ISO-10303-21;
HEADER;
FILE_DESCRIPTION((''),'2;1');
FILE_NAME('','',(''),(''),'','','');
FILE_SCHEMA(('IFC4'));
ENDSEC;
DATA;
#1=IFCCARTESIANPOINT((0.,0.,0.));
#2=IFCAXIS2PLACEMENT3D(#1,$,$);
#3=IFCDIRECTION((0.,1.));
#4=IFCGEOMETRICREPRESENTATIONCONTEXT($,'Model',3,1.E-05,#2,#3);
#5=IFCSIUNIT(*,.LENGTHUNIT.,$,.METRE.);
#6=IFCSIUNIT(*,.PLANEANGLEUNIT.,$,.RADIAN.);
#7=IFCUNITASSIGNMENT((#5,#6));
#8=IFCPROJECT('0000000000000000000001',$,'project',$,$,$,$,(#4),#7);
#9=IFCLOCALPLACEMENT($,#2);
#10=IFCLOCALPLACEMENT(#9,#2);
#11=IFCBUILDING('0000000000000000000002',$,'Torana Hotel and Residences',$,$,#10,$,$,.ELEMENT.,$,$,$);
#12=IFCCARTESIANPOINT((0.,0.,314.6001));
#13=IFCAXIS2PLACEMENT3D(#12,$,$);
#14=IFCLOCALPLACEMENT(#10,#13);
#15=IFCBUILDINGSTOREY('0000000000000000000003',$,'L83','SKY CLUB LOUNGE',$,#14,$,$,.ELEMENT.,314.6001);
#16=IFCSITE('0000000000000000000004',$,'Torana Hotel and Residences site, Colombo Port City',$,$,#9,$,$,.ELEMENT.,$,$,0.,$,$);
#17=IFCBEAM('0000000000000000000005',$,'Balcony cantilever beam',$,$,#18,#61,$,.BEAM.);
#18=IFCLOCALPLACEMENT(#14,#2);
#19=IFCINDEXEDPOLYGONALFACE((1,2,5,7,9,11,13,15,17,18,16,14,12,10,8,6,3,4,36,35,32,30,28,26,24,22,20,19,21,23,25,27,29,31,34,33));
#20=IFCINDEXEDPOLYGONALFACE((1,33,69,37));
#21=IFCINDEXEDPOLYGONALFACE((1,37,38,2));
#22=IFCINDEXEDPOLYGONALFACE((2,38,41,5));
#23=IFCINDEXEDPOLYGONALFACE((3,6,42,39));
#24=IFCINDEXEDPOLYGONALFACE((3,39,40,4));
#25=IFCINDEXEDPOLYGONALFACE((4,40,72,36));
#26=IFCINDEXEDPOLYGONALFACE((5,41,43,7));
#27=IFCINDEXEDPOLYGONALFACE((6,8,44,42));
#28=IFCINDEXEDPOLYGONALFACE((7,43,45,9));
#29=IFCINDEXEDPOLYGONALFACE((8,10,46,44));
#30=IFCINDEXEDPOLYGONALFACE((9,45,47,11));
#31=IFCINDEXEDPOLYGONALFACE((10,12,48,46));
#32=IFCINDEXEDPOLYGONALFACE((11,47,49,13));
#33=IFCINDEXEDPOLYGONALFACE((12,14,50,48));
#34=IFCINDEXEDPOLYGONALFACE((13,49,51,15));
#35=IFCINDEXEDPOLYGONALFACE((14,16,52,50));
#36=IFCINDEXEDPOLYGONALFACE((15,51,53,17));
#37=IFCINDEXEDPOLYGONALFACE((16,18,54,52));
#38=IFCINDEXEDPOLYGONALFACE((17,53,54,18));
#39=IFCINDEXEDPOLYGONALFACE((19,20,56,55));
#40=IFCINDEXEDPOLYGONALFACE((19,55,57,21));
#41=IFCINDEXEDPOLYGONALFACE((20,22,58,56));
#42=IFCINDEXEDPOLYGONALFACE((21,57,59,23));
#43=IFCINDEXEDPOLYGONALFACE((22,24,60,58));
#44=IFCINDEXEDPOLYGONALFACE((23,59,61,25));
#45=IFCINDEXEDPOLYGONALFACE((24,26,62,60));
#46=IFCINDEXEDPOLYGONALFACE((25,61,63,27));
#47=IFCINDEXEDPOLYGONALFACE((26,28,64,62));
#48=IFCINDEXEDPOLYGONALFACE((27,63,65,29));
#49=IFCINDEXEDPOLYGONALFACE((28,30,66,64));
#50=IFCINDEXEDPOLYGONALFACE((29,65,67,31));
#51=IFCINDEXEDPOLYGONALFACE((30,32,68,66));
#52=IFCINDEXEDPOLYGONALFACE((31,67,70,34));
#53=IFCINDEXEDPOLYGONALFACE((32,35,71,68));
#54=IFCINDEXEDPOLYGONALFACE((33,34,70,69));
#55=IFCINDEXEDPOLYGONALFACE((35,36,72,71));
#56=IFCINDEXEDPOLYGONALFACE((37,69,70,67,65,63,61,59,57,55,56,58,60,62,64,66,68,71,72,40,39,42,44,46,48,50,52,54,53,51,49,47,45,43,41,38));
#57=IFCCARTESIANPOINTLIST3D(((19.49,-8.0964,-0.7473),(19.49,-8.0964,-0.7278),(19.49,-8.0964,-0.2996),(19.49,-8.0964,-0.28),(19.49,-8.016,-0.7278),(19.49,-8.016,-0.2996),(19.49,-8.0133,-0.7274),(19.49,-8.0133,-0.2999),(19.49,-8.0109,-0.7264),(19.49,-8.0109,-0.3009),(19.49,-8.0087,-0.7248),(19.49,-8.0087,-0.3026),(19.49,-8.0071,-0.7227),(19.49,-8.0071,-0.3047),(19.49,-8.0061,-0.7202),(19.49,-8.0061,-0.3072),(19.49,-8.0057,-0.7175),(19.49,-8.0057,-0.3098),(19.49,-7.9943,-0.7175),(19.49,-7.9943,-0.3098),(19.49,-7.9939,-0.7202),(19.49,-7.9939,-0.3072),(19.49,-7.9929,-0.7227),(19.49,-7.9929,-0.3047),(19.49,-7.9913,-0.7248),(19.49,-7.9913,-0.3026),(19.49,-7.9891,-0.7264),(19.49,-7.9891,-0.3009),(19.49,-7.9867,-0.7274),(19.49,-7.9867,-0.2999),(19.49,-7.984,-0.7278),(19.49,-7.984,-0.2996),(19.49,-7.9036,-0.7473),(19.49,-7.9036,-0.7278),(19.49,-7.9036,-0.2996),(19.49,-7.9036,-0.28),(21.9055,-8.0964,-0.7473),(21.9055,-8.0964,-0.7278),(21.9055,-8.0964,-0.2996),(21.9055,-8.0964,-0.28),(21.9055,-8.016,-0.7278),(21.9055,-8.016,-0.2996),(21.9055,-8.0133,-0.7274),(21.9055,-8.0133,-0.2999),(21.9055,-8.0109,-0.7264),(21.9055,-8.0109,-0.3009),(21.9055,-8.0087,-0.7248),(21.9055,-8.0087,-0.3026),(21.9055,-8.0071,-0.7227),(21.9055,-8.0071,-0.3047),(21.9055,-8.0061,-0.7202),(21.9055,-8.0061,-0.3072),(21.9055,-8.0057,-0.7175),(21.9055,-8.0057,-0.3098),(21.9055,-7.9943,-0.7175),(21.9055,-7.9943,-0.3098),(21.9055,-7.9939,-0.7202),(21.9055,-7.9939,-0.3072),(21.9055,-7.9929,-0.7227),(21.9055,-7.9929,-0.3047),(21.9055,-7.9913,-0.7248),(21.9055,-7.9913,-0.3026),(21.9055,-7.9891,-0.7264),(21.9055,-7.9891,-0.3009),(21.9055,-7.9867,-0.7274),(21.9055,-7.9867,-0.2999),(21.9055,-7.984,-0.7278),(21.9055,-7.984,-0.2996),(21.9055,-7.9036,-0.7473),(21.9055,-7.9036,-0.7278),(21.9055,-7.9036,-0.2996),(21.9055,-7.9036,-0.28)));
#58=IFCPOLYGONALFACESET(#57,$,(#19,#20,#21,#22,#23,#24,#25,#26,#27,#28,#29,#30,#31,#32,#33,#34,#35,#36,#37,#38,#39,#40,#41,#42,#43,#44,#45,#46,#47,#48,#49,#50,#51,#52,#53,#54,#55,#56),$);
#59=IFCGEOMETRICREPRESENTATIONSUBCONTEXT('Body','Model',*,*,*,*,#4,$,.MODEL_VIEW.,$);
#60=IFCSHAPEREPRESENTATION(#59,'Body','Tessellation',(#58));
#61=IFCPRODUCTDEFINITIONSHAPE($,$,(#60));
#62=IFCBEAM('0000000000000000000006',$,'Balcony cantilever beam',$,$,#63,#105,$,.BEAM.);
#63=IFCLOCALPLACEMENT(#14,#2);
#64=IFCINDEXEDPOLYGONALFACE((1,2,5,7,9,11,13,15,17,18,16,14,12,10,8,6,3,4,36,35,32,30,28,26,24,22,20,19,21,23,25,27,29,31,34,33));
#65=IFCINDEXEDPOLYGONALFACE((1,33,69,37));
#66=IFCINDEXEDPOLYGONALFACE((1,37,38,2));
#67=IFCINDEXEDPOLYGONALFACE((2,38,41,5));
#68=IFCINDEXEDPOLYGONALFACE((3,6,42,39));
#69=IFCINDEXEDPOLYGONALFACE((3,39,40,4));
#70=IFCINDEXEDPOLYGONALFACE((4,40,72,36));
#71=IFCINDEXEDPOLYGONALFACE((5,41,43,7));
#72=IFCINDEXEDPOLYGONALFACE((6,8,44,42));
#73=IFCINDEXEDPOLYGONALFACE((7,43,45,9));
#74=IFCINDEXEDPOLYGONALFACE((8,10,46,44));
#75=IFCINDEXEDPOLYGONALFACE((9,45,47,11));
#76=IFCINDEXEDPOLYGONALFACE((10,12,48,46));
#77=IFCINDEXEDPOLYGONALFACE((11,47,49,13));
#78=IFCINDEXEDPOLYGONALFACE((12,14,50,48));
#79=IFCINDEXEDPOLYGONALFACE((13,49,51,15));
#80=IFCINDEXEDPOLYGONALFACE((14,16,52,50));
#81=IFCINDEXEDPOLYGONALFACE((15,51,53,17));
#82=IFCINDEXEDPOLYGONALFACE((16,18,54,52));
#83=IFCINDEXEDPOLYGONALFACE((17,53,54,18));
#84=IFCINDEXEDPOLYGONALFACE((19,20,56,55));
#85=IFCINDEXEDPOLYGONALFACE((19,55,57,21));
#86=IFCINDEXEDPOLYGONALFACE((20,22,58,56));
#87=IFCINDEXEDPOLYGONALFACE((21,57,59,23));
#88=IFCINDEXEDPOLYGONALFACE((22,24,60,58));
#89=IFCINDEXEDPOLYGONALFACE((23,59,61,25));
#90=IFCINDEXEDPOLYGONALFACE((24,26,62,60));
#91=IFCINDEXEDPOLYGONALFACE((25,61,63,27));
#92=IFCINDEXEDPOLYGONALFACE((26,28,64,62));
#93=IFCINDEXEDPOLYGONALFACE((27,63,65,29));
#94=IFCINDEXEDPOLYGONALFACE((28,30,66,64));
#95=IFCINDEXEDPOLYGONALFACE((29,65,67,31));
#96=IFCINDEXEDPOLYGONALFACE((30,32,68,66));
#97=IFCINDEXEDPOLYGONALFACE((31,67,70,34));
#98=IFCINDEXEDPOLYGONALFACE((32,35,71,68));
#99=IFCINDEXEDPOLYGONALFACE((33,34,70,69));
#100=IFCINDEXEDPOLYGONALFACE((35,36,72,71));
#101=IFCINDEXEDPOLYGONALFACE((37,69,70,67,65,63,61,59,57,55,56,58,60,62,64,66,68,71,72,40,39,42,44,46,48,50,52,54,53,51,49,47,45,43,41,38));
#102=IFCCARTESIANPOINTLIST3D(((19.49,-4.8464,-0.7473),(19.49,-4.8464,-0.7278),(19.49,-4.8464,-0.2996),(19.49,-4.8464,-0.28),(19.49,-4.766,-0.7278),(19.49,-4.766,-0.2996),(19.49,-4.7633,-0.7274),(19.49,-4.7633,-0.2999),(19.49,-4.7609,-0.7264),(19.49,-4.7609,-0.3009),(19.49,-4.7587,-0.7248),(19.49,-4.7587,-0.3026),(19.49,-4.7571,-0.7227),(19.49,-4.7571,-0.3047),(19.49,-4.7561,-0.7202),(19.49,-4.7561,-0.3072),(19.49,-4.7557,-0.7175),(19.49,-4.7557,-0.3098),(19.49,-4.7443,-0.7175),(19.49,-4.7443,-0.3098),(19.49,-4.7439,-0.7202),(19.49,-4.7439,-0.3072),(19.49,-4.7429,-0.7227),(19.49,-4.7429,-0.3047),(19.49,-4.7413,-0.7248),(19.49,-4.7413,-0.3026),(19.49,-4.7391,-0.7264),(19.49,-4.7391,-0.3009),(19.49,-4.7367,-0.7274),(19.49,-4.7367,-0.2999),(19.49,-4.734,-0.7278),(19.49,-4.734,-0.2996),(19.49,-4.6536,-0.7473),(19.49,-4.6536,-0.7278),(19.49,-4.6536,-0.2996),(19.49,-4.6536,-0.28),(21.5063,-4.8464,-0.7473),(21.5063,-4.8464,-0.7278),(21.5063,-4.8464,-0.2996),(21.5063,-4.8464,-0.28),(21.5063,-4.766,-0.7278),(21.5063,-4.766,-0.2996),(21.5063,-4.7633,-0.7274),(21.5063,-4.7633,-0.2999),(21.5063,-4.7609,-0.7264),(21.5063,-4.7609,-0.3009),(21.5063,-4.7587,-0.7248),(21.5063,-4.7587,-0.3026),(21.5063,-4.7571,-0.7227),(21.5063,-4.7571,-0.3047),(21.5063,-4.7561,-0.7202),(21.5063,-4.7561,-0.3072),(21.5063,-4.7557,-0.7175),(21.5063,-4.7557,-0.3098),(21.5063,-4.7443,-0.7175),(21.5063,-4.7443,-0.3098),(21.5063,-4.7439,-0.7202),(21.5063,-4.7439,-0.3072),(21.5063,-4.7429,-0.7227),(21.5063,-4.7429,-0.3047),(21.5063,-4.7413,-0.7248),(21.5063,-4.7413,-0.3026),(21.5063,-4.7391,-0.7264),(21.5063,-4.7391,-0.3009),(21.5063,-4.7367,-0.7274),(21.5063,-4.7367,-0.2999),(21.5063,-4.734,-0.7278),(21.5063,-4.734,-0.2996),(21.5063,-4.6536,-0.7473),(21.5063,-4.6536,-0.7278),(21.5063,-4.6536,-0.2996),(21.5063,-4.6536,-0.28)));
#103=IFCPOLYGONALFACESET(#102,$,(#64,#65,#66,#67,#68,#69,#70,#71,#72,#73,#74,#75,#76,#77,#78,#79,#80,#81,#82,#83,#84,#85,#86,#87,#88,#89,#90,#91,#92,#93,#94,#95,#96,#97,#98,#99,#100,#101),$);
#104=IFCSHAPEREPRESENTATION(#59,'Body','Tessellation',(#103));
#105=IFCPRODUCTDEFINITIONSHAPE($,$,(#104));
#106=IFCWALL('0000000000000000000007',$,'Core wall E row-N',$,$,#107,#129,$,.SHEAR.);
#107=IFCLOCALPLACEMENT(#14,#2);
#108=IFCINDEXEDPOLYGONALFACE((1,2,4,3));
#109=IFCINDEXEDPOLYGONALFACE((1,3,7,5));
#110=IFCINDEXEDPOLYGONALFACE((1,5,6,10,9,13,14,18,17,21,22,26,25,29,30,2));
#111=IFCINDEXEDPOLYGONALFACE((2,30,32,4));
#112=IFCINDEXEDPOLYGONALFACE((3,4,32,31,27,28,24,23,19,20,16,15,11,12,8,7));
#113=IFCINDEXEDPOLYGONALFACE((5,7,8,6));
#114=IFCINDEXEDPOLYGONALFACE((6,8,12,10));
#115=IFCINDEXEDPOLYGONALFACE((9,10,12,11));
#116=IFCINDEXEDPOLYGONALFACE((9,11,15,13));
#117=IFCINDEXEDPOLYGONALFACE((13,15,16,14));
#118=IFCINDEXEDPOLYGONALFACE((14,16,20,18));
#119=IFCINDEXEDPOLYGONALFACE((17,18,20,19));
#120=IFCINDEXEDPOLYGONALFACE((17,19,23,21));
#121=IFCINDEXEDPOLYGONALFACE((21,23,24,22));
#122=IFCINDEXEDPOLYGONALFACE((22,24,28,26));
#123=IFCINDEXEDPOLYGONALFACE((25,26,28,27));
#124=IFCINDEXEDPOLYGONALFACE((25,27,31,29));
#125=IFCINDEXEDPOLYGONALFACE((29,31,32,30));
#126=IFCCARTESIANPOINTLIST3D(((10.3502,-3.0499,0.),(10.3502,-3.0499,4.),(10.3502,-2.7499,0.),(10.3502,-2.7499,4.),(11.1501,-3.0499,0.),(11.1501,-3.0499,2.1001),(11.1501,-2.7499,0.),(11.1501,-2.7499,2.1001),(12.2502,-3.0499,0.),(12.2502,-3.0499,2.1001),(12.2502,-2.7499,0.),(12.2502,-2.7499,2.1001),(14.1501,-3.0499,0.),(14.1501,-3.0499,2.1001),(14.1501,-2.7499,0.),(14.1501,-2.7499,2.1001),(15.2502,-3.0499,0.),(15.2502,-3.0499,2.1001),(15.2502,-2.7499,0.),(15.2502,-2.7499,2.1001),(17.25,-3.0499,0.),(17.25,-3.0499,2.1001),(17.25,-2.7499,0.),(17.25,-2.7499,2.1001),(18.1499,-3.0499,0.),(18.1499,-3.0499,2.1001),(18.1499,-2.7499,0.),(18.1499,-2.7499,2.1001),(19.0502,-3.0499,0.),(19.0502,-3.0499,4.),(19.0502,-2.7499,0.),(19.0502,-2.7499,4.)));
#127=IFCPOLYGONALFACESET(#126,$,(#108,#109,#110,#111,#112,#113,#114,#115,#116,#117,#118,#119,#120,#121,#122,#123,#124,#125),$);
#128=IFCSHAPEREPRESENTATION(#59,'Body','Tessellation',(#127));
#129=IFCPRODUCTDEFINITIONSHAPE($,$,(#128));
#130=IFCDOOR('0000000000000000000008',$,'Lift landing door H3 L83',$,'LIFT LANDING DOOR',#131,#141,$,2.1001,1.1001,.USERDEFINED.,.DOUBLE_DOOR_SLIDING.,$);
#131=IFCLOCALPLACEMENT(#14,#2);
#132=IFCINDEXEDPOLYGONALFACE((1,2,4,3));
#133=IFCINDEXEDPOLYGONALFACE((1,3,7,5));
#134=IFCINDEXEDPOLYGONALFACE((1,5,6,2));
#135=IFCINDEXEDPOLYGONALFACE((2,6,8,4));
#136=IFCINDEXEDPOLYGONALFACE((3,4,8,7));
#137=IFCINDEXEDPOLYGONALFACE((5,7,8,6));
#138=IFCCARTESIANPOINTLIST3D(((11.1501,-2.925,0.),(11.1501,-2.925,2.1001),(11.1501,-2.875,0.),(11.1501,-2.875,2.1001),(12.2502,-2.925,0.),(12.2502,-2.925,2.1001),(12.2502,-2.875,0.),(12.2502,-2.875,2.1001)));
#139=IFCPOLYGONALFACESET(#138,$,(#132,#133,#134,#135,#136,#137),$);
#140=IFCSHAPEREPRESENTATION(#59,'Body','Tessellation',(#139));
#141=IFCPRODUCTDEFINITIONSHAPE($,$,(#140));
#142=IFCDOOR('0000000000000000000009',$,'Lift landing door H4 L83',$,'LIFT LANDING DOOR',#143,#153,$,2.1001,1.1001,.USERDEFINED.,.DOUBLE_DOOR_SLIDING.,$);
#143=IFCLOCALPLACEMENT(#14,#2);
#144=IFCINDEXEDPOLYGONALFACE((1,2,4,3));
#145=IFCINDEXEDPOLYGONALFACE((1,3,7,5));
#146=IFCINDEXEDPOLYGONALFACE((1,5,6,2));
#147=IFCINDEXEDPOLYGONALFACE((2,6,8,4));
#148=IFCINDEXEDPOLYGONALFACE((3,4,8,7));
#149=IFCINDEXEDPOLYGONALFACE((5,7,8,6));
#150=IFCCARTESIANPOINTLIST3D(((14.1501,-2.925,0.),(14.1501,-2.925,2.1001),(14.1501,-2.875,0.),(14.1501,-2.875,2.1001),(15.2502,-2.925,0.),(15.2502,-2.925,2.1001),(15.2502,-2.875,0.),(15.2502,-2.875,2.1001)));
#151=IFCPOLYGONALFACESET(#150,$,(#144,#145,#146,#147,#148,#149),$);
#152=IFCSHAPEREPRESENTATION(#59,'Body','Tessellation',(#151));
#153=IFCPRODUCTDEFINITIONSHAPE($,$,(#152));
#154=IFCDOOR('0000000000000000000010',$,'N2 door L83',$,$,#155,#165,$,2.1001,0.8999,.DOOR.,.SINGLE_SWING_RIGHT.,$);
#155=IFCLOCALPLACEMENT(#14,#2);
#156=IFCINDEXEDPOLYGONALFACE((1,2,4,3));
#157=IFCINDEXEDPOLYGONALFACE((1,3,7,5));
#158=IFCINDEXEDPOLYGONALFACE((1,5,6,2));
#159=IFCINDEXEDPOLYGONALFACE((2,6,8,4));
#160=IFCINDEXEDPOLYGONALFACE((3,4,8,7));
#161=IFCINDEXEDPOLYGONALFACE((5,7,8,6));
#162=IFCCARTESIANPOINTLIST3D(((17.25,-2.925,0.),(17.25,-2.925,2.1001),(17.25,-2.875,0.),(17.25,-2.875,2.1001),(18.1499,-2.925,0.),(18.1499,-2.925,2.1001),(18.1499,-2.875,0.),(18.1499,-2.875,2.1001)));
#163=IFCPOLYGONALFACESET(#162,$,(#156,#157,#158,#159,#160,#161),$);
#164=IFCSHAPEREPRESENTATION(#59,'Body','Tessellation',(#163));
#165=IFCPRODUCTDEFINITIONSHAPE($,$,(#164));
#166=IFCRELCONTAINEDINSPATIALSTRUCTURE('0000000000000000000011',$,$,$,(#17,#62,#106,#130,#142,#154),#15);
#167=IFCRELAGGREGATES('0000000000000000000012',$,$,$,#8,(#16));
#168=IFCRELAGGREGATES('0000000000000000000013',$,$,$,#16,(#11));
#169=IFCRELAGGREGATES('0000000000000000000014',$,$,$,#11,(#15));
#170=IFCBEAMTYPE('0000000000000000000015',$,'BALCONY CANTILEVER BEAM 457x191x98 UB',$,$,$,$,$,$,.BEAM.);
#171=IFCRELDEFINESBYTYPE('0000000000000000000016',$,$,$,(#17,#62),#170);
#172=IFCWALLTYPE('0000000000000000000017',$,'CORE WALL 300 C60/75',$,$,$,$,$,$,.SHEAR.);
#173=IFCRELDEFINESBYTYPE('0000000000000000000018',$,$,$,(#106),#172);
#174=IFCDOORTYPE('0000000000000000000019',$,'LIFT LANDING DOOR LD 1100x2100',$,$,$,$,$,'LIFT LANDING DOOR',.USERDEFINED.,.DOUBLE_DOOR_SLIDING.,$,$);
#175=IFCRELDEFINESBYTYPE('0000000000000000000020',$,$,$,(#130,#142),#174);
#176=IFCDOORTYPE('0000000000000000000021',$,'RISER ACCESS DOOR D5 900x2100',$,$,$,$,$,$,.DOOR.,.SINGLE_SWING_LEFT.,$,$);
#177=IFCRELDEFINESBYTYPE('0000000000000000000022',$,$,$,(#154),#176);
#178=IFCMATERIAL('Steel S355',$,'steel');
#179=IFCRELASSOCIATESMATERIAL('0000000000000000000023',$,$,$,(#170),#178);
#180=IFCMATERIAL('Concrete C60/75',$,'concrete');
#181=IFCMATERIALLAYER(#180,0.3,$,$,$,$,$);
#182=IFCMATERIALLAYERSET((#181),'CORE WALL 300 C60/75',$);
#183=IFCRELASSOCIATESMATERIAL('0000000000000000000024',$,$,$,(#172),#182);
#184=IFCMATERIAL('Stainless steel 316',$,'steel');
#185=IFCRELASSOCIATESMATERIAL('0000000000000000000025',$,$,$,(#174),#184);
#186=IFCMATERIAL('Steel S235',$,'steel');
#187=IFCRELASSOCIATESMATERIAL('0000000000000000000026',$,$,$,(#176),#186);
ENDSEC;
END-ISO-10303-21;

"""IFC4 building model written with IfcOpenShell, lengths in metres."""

from ifc_helpers import new_model, si_unit, direction, frame, frame_2d, origin, origin_2d, place, context, subcontext, project, spatial, rectangle, i_section, extrude, material, layer, layer_set, material_profile, profile_set, type_object, element, fill, save


model = new_model("IFC4")

# Units and contexts
model_context = context("Model", 3, precision=1e-05, world=origin(), true_north=direction((0.0, 1.0)))
body_context = subcontext(model_context, "Body", "Model", "MODEL_VIEW")
ifc_project = project(units=[si_unit("LENGTHUNIT", "METRE"), si_unit("PLANEANGLEUNIT", "RADIAN")], contexts=[model_context])

# Site, building, storey
site_placement = place(None, origin())
site = spatial("IfcSite", under=ifc_project, at=site_placement, Name="Torana Hotel and Residences site, Colombo Port City", CompositionType="ELEMENT", RefElevation=0.0)
building_placement = place(site_placement, origin())
building = spatial("IfcBuilding", under=site, at=building_placement, Name="Torana Hotel and Residences", CompositionType="ELEMENT")
storey_placement = place(building_placement, frame((0.0, 0.0, 314.6001)))
storey = spatial("IfcBuildingStorey", under=building, at=storey_placement, Name="L83", Description="SKY CLUB LOUNGE", CompositionType="ELEMENT", Elevation=314.6001)

# Beams
ifc_material_1 = material(Name="Steel S355", Category="steel")
ifc_material_profile = material_profile(ifc_material_1, i_section(OverallWidth=0.1929, OverallDepth=0.4673, WebThickness=0.0115, FlangeThickness=0.0195, FilletRadius=0.0103, at=origin_2d()), Name="457x191x98 UB")
ifc_profile_set = profile_set([ifc_material_profile], Name="Steel S355")
beam_type = type_object("IfcBeamType", Name="BALCONY CANTILEVER BEAM 457x191x98 UB", PredefinedType="BEAM", material=ifc_profile_set)
beam_1_placement = place(storey_placement, frame((19.49, -8.0, -0.5137), z_axis=(1.0, 0.0, 0.0), x_axis=(0.0, 1.0, 0.0)))
element("IfcBeam", 1, at=beam_1_placement, inside=storey, type_object=beam_type, Name="Balcony cantilever beam", PredefinedType="BEAM", context=body_context, shape_type="SweptSolid", body=[
    extrude(i_section(OverallWidth=0.1929, OverallDepth=0.4673, WebThickness=0.0115, FlangeThickness=0.0195, FilletRadius=0.0103, at=origin_2d()), origin(), (0.0, 0.0, 1.0), 2.4155),
])
beam_2_placement = place(storey_placement, frame((19.49, -4.75, -0.5137), z_axis=(1.0, 0.0, 0.0), x_axis=(0.0, 1.0, 0.0)))
element("IfcBeam", 2, at=beam_2_placement, inside=storey, type_object=beam_type, Name="Balcony cantilever beam", PredefinedType="BEAM", context=body_context, shape_type="SweptSolid", body=[
    extrude(i_section(OverallWidth=0.1929, OverallDepth=0.4673, WebThickness=0.0115, FlangeThickness=0.0195, FilletRadius=0.0103, at=origin_2d()), origin(), (0.0, 0.0, 1.0), 2.0164),
])

# Wall, openings, doors
ifc_material_2 = material(Name="Concrete C60/75", Category="concrete")
ifc_layer_1 = layer(ifc_material_2, 0.3)
ifc_layer_set_1 = layer_set([ifc_layer_1], Name="CORE WALL 300 C60/75")
wall_type_1 = type_object("IfcWallType", Name="CORE WALL 300 C60/75", PredefinedType="SHEAR", material=ifc_layer_set_1)
wall_1_placement = place(storey_placement, frame((10.3501, -2.8999, 0.0), z_axis=(0.0, 0.0, 1.0), x_axis=(1.0, 0.0, 0.0)))
wall_1 = element("IfcWall", 3, at=wall_1_placement, inside=storey, type_object=wall_type_1, Name="Core wall E row-N", PredefinedType="SHEAR", context=body_context, shape_type="SweptSolid", body=[
    extrude(rectangle(XDim=8.7, YDim=0.3, at=frame_2d((4.3501, 0.0))), origin(), (0.0, 0.0, 1.0), 4.0),
])
opening_1_placement = place(wall_1_placement, frame((0.8, 0.0, 0.0)))
opening_1 = element("IfcOpeningElement", 4, at=opening_1_placement, cuts=wall_1, PredefinedType="OPENING", context=body_context, shape_type="SweptSolid", body=[
    extrude(rectangle(XDim=1.1001, YDim=2.1001, at=frame_2d((0.55, 1.05))), frame((0.0, 0.1599, 0.0), z_axis=(0.0, -1.0, 0.0), x_axis=(1.0, 0.0, 0.0)), (0.0, 0.0, 1.0), 0.3201),
])
opening_2_placement = place(wall_1_placement, frame((3.8, 0.0, 0.0)))
opening_2 = element("IfcOpeningElement", 5, at=opening_2_placement, cuts=wall_1, PredefinedType="OPENING", context=body_context, shape_type="SweptSolid", body=[
    extrude(rectangle(XDim=1.1001, YDim=2.1001, at=frame_2d((0.55, 1.05))), frame((0.0, 0.1599, 0.0), z_axis=(0.0, -1.0, 0.0), x_axis=(1.0, 0.0, 0.0)), (0.0, 0.0, 1.0), 0.3201),
])
opening_3_placement = place(wall_1_placement, frame((6.8999, 0.0, 0.0)))
opening_3 = element("IfcOpeningElement", 6, at=opening_3_placement, cuts=wall_1, PredefinedType="OPENING", context=body_context, shape_type="SweptSolid", body=[
    extrude(rectangle(XDim=0.8999, YDim=2.1001, at=frame_2d((0.45, 1.05))), frame((0.0, 0.1599, 0.0), z_axis=(0.0, -1.0, 0.0), x_axis=(1.0, 0.0, 0.0)), (0.0, 0.0, 1.0), 0.3201),
])
ifc_material_3 = material(Name="Stainless steel 316", Category="steel")
door_type_1 = type_object("IfcDoorType", Name="LIFT LANDING DOOR LD 1100x2100", ElementType="LIFT LANDING DOOR", OperationType="DOUBLE_DOOR_SLIDING", PredefinedType="USERDEFINED", material=ifc_material_3)
door_1_placement = place(opening_1_placement, origin())
door_1 = element("IfcDoor", 7, at=door_1_placement, inside=storey, type_object=door_type_1, Name="Lift landing door H3 L83", ObjectType="LIFT LANDING DOOR", OperationType="DOUBLE_DOOR_SLIDING", OverallHeight=2.1001, OverallWidth=1.1001, PredefinedType="USERDEFINED", context=body_context, shape_type="SweptSolid", body=[
    extrude(rectangle(XDim=1.1001, YDim=2.1001, at=frame_2d((0.55, 1.05))), frame((0.0, 0.0249, 0.0), z_axis=(0.0, -1.0, 0.0), x_axis=(1.0, 0.0, 0.0)), (0.0, 0.0, 1.0), 0.05),
])
fill(opening_1, door_1)
door_2_placement = place(opening_2_placement, origin())
door_2 = element("IfcDoor", 8, at=door_2_placement, inside=storey, type_object=door_type_1, Name="Lift landing door H4 L83", ObjectType="LIFT LANDING DOOR", OperationType="DOUBLE_DOOR_SLIDING", OverallHeight=2.1001, OverallWidth=1.1001, PredefinedType="USERDEFINED", context=body_context, shape_type="SweptSolid", body=[
    extrude(rectangle(XDim=1.1001, YDim=2.1001, at=frame_2d((0.55, 1.05))), frame((0.0, 0.0249, 0.0), z_axis=(0.0, -1.0, 0.0), x_axis=(1.0, 0.0, 0.0)), (0.0, 0.0, 1.0), 0.05),
])
fill(opening_2, door_2)
ifc_material_4 = material(Name="Steel S235", Category="steel")
door_type_2 = type_object("IfcDoorType", Name="RISER ACCESS DOOR D5 900x2100", OperationType="SINGLE_SWING_LEFT", PredefinedType="DOOR", material=ifc_material_4)
door_3_placement = place(opening_3_placement, origin())
door_3 = element("IfcDoor", 9, at=door_3_placement, inside=storey, type_object=door_type_2, Name="N2 door L83", OperationType="SINGLE_SWING_RIGHT", OverallHeight=2.1001, OverallWidth=0.8999, PredefinedType="DOOR", context=body_context, shape_type="SweptSolid", body=[
    extrude(rectangle(XDim=0.8999, YDim=2.1001, at=frame_2d((0.45, 1.05))), frame((0.0, 0.0249, 0.0), z_axis=(0.0, -1.0, 0.0), x_axis=(1.0, 0.0, 0.0)), (0.0, 0.0, 1.0), 0.05),
])
fill(opening_3, door_3)

save(model, "model.ifc")
